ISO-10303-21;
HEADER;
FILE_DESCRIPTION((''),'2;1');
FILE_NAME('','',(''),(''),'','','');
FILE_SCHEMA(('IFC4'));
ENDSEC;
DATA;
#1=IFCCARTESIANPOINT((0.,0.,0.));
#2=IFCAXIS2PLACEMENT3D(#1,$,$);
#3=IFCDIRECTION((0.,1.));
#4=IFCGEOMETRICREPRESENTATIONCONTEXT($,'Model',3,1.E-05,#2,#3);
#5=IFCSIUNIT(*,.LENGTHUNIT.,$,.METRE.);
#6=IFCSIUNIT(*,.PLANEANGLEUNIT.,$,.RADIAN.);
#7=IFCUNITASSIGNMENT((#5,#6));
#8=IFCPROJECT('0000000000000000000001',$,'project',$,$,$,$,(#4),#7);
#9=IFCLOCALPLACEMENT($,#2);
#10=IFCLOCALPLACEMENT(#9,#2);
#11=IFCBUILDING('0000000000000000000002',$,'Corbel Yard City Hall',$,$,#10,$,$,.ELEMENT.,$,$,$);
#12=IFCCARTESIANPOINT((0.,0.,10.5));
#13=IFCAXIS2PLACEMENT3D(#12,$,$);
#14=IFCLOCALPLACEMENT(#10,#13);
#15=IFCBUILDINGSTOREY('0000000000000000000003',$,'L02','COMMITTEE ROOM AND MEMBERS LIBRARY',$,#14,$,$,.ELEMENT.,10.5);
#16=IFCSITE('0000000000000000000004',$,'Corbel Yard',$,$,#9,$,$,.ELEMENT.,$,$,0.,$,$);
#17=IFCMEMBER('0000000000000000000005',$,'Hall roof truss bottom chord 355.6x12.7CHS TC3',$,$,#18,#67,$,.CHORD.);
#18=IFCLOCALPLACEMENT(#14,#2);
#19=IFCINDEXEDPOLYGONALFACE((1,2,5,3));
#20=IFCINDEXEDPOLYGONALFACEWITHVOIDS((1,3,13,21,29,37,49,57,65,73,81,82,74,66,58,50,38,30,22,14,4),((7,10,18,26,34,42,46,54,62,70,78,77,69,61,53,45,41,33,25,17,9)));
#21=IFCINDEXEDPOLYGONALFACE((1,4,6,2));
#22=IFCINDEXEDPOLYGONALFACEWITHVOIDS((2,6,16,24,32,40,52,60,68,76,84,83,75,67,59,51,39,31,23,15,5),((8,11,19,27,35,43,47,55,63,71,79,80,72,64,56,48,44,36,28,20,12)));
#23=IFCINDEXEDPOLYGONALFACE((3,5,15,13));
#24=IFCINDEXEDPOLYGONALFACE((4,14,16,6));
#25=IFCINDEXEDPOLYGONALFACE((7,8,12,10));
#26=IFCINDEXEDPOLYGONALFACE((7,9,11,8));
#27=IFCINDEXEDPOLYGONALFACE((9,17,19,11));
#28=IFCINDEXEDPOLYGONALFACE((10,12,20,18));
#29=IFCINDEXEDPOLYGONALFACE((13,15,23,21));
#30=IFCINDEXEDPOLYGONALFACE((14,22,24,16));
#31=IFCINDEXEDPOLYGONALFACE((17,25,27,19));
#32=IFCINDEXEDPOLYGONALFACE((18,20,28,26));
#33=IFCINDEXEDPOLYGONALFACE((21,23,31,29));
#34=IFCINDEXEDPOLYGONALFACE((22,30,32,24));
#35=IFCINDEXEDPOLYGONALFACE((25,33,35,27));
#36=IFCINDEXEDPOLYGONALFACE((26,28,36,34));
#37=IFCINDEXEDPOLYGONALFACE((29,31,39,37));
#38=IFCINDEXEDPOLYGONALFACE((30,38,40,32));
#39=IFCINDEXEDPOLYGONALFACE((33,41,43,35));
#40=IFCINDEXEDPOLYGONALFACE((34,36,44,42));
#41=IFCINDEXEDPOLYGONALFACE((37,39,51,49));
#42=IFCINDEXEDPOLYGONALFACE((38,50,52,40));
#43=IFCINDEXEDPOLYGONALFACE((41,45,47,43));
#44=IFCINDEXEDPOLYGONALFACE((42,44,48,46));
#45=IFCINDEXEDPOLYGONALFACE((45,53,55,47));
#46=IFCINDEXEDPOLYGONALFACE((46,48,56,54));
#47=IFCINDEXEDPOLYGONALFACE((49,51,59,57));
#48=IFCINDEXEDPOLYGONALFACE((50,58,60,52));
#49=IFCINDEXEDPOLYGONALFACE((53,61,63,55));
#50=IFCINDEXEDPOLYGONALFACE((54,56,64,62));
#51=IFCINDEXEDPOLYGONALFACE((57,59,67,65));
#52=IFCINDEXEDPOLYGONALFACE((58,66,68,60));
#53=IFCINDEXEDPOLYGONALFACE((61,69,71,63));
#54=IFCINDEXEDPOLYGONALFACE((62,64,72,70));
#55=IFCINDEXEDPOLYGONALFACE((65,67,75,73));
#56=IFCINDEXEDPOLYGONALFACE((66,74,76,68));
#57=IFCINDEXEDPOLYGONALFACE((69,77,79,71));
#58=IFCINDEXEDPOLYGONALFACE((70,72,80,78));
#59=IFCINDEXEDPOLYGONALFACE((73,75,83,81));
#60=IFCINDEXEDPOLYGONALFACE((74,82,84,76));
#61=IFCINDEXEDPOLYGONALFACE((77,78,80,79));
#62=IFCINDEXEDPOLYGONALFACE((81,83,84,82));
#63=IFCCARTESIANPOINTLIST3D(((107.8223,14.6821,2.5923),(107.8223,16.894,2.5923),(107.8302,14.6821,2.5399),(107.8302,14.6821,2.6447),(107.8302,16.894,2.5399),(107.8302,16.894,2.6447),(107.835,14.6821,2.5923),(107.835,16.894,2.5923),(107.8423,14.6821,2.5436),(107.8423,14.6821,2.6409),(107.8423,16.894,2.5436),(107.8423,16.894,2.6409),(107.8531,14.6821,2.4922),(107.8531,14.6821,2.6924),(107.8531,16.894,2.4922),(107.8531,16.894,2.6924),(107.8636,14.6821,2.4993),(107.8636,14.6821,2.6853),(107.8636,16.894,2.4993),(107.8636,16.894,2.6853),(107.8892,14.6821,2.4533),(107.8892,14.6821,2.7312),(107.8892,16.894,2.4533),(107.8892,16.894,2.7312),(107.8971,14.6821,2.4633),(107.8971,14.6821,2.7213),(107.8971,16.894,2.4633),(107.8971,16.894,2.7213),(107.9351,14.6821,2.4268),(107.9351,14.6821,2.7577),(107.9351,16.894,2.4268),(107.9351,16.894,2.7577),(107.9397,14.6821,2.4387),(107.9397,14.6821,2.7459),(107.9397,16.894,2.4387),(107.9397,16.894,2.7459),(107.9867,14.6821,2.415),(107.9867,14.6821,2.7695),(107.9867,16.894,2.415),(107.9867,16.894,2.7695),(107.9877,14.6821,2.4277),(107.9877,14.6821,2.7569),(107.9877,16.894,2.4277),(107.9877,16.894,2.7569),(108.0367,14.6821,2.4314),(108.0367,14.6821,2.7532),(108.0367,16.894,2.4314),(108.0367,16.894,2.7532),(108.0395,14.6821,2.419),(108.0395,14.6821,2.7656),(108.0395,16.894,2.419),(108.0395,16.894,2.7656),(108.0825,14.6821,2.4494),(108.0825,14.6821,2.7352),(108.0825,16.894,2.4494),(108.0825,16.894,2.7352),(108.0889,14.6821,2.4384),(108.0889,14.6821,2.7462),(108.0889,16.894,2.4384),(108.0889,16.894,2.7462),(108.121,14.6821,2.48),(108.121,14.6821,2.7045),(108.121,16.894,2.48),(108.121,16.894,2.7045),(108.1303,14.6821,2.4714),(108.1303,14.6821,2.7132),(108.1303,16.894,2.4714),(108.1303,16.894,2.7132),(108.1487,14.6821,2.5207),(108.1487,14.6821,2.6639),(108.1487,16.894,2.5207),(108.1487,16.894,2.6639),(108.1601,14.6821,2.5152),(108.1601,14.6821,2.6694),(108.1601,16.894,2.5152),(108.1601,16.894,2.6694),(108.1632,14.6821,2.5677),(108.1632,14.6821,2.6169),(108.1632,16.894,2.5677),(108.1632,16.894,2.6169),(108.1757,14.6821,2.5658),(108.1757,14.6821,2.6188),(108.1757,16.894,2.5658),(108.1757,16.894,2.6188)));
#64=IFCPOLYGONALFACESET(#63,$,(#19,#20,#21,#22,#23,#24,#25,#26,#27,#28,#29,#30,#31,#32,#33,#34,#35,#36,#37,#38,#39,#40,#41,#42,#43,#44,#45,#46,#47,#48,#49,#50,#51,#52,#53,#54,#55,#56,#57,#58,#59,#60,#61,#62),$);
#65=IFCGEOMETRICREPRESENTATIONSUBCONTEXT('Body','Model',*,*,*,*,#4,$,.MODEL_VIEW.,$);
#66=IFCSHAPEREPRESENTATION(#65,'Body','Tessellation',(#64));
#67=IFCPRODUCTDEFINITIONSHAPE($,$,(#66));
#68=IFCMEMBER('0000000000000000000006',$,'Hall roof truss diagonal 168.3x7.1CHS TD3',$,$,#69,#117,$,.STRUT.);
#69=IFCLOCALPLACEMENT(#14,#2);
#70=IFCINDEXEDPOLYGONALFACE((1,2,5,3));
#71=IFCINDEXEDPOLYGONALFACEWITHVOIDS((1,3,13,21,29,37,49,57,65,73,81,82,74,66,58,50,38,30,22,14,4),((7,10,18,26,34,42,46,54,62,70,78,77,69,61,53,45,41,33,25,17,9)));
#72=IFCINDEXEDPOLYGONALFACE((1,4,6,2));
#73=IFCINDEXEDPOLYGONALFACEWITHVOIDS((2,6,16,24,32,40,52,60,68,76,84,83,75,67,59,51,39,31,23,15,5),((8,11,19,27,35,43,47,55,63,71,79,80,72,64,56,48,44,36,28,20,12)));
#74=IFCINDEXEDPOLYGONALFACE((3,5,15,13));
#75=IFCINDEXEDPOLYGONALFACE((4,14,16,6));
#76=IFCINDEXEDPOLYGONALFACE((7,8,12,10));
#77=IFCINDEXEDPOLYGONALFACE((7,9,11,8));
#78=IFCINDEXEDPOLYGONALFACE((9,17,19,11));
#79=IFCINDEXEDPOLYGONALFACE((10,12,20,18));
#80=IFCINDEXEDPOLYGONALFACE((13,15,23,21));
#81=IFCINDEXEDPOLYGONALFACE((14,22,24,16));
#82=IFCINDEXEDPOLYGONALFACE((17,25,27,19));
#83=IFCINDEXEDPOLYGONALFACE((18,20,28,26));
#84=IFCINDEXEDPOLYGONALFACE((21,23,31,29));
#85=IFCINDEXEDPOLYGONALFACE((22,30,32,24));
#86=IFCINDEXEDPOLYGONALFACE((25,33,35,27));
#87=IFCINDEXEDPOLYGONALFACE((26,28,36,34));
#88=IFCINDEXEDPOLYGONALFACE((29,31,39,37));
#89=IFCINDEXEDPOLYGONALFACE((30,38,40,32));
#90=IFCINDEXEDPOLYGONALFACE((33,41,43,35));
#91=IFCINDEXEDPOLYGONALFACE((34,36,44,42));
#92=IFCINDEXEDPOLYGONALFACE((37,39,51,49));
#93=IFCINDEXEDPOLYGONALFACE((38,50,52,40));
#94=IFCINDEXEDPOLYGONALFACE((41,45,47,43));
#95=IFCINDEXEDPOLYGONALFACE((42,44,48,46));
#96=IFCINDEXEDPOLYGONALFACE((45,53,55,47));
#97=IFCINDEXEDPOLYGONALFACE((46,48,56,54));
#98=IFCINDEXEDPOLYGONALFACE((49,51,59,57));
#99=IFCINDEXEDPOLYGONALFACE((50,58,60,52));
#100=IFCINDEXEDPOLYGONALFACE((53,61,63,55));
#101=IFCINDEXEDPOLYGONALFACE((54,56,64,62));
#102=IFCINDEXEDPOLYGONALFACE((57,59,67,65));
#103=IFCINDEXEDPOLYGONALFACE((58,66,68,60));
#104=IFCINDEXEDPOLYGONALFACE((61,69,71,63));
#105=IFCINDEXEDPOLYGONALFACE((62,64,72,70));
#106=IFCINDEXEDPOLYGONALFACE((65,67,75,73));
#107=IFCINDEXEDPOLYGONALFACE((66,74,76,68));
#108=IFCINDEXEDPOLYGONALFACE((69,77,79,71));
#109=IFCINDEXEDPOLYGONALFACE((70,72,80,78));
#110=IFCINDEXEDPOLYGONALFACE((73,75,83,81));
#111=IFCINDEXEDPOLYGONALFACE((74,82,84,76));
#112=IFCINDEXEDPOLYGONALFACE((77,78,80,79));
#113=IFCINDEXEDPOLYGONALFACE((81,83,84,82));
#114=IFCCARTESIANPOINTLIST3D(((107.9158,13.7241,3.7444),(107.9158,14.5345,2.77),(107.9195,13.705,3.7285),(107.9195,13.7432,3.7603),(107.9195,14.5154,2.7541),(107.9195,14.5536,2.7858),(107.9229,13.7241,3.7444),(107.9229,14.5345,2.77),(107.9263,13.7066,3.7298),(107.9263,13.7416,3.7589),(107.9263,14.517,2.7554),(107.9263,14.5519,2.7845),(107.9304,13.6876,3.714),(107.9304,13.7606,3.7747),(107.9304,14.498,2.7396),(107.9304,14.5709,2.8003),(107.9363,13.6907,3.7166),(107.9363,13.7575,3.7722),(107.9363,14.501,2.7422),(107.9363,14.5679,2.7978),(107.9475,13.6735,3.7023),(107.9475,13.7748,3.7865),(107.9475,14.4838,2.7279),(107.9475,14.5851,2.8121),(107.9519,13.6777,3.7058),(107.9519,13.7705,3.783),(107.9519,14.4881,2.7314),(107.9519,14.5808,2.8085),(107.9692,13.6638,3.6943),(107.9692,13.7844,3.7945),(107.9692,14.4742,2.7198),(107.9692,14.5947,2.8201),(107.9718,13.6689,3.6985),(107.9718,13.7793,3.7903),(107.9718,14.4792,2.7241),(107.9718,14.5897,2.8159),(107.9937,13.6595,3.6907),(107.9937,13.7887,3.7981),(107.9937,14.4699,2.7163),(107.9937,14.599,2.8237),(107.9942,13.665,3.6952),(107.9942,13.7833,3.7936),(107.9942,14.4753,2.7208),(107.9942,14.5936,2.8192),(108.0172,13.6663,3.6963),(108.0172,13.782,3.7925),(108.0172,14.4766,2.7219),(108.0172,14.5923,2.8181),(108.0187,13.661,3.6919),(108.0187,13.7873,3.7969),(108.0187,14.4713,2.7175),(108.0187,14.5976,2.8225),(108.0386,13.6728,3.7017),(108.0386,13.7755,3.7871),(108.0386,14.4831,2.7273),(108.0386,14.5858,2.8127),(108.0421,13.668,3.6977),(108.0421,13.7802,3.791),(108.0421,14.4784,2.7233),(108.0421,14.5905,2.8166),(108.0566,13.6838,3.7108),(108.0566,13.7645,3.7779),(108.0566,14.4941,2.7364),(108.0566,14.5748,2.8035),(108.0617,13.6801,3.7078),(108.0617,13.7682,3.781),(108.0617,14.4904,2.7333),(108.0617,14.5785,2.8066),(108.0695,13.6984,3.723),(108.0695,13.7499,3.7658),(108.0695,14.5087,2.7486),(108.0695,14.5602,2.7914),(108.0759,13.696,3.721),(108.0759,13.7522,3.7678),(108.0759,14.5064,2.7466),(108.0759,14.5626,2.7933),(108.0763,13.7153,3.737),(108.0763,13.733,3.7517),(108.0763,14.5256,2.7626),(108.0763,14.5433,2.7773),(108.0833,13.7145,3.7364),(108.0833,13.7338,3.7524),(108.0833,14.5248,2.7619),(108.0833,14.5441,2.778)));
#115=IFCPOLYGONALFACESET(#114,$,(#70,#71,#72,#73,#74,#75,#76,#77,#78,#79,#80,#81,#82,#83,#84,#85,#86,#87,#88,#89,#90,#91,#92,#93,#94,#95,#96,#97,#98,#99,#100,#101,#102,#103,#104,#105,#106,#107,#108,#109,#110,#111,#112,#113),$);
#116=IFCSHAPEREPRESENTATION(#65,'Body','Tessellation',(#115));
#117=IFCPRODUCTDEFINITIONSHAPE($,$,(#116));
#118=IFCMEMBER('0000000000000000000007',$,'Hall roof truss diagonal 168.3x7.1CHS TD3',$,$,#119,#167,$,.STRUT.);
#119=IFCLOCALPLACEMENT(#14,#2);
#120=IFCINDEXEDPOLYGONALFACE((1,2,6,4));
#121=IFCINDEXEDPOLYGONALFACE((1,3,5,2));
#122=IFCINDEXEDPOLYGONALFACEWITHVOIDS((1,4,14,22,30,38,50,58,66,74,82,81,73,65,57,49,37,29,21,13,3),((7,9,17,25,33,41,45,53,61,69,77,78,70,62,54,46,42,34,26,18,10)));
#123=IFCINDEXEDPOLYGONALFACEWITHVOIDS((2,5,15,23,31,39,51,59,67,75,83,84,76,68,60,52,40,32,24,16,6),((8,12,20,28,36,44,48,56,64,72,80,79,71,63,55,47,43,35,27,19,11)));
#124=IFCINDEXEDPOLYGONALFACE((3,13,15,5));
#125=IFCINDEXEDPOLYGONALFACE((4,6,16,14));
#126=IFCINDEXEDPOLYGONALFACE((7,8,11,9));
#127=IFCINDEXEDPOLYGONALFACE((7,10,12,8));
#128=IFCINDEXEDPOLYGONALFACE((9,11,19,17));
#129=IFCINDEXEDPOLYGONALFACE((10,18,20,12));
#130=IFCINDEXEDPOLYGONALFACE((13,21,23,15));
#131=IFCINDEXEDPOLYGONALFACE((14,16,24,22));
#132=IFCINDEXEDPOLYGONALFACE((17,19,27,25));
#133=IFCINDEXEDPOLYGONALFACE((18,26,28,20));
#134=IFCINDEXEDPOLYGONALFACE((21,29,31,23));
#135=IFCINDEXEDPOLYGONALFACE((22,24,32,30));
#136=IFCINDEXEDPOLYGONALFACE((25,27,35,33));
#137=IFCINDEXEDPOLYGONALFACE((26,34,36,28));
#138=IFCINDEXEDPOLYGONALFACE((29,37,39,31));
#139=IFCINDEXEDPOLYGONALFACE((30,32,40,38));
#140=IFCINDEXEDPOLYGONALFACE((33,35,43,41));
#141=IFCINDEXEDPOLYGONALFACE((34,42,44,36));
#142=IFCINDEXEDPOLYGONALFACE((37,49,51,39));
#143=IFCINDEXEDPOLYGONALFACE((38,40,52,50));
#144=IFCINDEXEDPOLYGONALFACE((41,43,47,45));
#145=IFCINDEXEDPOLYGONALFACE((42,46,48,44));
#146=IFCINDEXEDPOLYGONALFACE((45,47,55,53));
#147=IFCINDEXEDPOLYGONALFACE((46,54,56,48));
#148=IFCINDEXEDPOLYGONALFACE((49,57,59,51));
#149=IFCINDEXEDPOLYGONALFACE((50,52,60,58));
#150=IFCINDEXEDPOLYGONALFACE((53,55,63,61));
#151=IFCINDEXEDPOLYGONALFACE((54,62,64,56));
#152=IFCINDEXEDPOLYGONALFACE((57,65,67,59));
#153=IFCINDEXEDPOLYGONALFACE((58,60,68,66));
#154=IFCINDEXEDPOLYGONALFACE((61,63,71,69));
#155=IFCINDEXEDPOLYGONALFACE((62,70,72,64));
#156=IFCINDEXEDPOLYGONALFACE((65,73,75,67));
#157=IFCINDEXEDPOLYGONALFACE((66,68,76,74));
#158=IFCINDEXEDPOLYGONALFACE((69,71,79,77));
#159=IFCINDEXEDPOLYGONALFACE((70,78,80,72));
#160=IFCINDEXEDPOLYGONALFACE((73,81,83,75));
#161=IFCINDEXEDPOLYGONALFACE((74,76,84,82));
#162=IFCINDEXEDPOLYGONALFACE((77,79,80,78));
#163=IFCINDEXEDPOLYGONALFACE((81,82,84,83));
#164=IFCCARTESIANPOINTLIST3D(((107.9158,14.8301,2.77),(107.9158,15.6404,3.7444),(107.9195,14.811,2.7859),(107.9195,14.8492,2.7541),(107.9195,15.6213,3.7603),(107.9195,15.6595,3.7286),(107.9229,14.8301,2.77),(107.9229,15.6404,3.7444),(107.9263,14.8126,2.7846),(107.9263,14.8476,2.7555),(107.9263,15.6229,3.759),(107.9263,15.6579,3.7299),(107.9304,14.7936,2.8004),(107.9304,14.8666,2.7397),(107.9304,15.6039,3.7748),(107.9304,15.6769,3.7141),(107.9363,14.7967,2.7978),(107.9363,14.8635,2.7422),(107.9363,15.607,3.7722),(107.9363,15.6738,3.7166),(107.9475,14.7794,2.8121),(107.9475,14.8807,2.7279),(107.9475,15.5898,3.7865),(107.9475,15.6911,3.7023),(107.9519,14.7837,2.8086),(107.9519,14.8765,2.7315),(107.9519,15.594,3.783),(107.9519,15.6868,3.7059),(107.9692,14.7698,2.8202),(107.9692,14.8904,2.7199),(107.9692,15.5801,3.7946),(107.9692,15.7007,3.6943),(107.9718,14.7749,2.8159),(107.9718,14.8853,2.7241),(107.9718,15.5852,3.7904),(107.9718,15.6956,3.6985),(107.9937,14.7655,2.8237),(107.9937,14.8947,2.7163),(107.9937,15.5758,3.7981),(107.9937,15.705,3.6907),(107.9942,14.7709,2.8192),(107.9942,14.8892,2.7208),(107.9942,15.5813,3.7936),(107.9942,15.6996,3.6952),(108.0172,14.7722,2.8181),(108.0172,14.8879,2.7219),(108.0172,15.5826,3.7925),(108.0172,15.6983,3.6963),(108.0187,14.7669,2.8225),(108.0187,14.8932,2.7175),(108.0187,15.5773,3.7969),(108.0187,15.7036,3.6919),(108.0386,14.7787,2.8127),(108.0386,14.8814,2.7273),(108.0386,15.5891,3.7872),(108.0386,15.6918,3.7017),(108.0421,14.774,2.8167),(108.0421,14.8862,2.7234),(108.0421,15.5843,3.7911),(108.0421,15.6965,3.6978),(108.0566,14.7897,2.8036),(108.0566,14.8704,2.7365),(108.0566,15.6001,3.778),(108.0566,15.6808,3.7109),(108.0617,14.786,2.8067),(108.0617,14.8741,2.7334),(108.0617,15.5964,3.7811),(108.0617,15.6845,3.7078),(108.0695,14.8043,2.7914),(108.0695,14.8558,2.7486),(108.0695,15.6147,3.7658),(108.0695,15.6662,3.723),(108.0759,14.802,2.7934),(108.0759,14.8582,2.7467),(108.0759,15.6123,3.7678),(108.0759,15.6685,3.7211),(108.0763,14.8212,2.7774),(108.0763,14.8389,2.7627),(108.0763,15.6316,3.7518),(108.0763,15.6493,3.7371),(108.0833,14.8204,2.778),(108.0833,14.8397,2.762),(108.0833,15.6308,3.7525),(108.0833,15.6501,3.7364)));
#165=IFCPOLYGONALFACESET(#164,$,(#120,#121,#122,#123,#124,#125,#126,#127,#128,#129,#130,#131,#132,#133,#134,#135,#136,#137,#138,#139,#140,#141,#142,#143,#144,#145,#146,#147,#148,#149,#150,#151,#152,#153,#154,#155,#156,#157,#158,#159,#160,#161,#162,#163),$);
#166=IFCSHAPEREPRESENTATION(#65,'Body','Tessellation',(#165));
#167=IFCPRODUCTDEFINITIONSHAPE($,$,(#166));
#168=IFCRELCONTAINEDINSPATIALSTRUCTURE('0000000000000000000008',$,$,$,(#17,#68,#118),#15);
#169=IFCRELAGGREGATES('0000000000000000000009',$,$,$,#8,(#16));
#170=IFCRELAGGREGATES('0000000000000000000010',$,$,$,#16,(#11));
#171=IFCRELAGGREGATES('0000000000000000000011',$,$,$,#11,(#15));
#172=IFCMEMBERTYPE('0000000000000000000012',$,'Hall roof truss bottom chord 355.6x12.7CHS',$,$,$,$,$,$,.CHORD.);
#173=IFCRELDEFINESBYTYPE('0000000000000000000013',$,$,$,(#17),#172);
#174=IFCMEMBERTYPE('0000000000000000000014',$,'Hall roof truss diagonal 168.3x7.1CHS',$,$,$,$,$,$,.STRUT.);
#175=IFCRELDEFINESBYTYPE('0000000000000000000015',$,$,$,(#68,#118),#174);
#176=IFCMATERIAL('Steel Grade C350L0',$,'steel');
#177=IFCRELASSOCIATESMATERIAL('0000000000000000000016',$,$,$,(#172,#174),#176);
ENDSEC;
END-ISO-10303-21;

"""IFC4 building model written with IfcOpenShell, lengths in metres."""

from ifc_helpers import new_model, si_unit, direction, frame, origin, origin_2d, place, context, subcontext, project, spatial, hollow_circle, extrude, material, material_profile, profile_set, type_object, element, save


model = new_model("IFC4")

# Units and contexts
model_context = context("Model", 3, precision=1e-05, world=origin(), true_north=direction((0.0, 1.0)))
body_context = subcontext(model_context, "Body", "Model", "MODEL_VIEW")
ifc_project = project(units=[si_unit("LENGTHUNIT", "METRE"), si_unit("PLANEANGLEUNIT", "RADIAN")], contexts=[model_context])

# Site, building, storey
site_placement = place(None, origin())
site = spatial("IfcSite", under=ifc_project, at=site_placement, Name="Corbel Yard", CompositionType="ELEMENT", RefElevation=0.0)
building_placement = place(site_placement, origin())
building = spatial("IfcBuilding", under=site, at=building_placement, Name="Corbel Yard City Hall", CompositionType="ELEMENT")
storey_placement = place(building_placement, frame((0.0, 0.0, 10.5)))
storey = spatial("IfcBuildingStorey", under=building, at=storey_placement, Name="L02", Description="COMMITTEE ROOM AND MEMBERS LIBRARY", CompositionType="ELEMENT", Elevation=10.5)

# Members
ifc_material_1 = material(Name="Steel Grade C350L0", Category="steel")
ifc_material_profile_1 = material_profile(ifc_material_1, hollow_circle(Radius=0.1777, WallThickness=0.0127, at=origin_2d()), Name="355.6x12.7CHS")
ifc_profile_set_1 = profile_set([ifc_material_profile_1], Name="Steel Grade C350L0")
member_type_1 = type_object("IfcMemberType", Name="Hall roof truss bottom chord 355.6x12.7CHS", PredefinedType="CHORD", material=ifc_profile_set_1)
member_1_placement = place(storey_placement, frame((108.0, 14.6821, 2.5923), z_axis=(0.0, 1.0, 0.0), x_axis=(-1.0, 0.0, 0.0)))
element("IfcMember", 1, at=member_1_placement, inside=storey, type_object=member_type_1, Name="Hall roof truss bottom chord 355.6x12.7CHS TC3", PredefinedType="CHORD", context=body_context, shape_type="SweptSolid", body=[
    extrude(hollow_circle(Radius=0.1777, WallThickness=0.0127, at=origin_2d()), origin(), (0.0, 0.0, 1.0), 2.2119),
])
ifc_material_profile_2 = material_profile(ifc_material_1, hollow_circle(Radius=0.0842, WallThickness=0.0071, at=origin_2d()), Name="168.3x7.1CHS")
ifc_profile_set_2 = profile_set([ifc_material_profile_2], Name="Steel Grade C350L0")
member_type_2 = type_object("IfcMemberType", Name="Hall roof truss diagonal 168.3x7.1CHS", PredefinedType="STRUT", material=ifc_profile_set_2)
for number, where, z_axis, x_axis, name in (
    (2, (108.0, 13.7241, 3.7444), (0.0, 0.639407, -0.768868), (-1.0, 0.0, 0.0), "Hall roof truss diagonal 168.3x7.1CHS TD3"),
    (3, (108.0, 14.8301, 2.77), (0.0, 0.639407, 0.768868), (-1.0, 0.0, 0.0), "Hall roof truss diagonal 168.3x7.1CHS TD3"),
):
    element("IfcMember", number, at=place(storey_placement, frame(where, z_axis=z_axis, x_axis=x_axis)), inside=storey, type_object=member_type_2, Name=name, PredefinedType="STRUT", context=body_context, shape_type="SweptSolid", body=[
        extrude(hollow_circle(Radius=0.0842, WallThickness=0.0071, at=origin_2d()), origin(), (0.0, 0.0, 1.0), 1.2673),
    ])

save(model, "model.ifc")
